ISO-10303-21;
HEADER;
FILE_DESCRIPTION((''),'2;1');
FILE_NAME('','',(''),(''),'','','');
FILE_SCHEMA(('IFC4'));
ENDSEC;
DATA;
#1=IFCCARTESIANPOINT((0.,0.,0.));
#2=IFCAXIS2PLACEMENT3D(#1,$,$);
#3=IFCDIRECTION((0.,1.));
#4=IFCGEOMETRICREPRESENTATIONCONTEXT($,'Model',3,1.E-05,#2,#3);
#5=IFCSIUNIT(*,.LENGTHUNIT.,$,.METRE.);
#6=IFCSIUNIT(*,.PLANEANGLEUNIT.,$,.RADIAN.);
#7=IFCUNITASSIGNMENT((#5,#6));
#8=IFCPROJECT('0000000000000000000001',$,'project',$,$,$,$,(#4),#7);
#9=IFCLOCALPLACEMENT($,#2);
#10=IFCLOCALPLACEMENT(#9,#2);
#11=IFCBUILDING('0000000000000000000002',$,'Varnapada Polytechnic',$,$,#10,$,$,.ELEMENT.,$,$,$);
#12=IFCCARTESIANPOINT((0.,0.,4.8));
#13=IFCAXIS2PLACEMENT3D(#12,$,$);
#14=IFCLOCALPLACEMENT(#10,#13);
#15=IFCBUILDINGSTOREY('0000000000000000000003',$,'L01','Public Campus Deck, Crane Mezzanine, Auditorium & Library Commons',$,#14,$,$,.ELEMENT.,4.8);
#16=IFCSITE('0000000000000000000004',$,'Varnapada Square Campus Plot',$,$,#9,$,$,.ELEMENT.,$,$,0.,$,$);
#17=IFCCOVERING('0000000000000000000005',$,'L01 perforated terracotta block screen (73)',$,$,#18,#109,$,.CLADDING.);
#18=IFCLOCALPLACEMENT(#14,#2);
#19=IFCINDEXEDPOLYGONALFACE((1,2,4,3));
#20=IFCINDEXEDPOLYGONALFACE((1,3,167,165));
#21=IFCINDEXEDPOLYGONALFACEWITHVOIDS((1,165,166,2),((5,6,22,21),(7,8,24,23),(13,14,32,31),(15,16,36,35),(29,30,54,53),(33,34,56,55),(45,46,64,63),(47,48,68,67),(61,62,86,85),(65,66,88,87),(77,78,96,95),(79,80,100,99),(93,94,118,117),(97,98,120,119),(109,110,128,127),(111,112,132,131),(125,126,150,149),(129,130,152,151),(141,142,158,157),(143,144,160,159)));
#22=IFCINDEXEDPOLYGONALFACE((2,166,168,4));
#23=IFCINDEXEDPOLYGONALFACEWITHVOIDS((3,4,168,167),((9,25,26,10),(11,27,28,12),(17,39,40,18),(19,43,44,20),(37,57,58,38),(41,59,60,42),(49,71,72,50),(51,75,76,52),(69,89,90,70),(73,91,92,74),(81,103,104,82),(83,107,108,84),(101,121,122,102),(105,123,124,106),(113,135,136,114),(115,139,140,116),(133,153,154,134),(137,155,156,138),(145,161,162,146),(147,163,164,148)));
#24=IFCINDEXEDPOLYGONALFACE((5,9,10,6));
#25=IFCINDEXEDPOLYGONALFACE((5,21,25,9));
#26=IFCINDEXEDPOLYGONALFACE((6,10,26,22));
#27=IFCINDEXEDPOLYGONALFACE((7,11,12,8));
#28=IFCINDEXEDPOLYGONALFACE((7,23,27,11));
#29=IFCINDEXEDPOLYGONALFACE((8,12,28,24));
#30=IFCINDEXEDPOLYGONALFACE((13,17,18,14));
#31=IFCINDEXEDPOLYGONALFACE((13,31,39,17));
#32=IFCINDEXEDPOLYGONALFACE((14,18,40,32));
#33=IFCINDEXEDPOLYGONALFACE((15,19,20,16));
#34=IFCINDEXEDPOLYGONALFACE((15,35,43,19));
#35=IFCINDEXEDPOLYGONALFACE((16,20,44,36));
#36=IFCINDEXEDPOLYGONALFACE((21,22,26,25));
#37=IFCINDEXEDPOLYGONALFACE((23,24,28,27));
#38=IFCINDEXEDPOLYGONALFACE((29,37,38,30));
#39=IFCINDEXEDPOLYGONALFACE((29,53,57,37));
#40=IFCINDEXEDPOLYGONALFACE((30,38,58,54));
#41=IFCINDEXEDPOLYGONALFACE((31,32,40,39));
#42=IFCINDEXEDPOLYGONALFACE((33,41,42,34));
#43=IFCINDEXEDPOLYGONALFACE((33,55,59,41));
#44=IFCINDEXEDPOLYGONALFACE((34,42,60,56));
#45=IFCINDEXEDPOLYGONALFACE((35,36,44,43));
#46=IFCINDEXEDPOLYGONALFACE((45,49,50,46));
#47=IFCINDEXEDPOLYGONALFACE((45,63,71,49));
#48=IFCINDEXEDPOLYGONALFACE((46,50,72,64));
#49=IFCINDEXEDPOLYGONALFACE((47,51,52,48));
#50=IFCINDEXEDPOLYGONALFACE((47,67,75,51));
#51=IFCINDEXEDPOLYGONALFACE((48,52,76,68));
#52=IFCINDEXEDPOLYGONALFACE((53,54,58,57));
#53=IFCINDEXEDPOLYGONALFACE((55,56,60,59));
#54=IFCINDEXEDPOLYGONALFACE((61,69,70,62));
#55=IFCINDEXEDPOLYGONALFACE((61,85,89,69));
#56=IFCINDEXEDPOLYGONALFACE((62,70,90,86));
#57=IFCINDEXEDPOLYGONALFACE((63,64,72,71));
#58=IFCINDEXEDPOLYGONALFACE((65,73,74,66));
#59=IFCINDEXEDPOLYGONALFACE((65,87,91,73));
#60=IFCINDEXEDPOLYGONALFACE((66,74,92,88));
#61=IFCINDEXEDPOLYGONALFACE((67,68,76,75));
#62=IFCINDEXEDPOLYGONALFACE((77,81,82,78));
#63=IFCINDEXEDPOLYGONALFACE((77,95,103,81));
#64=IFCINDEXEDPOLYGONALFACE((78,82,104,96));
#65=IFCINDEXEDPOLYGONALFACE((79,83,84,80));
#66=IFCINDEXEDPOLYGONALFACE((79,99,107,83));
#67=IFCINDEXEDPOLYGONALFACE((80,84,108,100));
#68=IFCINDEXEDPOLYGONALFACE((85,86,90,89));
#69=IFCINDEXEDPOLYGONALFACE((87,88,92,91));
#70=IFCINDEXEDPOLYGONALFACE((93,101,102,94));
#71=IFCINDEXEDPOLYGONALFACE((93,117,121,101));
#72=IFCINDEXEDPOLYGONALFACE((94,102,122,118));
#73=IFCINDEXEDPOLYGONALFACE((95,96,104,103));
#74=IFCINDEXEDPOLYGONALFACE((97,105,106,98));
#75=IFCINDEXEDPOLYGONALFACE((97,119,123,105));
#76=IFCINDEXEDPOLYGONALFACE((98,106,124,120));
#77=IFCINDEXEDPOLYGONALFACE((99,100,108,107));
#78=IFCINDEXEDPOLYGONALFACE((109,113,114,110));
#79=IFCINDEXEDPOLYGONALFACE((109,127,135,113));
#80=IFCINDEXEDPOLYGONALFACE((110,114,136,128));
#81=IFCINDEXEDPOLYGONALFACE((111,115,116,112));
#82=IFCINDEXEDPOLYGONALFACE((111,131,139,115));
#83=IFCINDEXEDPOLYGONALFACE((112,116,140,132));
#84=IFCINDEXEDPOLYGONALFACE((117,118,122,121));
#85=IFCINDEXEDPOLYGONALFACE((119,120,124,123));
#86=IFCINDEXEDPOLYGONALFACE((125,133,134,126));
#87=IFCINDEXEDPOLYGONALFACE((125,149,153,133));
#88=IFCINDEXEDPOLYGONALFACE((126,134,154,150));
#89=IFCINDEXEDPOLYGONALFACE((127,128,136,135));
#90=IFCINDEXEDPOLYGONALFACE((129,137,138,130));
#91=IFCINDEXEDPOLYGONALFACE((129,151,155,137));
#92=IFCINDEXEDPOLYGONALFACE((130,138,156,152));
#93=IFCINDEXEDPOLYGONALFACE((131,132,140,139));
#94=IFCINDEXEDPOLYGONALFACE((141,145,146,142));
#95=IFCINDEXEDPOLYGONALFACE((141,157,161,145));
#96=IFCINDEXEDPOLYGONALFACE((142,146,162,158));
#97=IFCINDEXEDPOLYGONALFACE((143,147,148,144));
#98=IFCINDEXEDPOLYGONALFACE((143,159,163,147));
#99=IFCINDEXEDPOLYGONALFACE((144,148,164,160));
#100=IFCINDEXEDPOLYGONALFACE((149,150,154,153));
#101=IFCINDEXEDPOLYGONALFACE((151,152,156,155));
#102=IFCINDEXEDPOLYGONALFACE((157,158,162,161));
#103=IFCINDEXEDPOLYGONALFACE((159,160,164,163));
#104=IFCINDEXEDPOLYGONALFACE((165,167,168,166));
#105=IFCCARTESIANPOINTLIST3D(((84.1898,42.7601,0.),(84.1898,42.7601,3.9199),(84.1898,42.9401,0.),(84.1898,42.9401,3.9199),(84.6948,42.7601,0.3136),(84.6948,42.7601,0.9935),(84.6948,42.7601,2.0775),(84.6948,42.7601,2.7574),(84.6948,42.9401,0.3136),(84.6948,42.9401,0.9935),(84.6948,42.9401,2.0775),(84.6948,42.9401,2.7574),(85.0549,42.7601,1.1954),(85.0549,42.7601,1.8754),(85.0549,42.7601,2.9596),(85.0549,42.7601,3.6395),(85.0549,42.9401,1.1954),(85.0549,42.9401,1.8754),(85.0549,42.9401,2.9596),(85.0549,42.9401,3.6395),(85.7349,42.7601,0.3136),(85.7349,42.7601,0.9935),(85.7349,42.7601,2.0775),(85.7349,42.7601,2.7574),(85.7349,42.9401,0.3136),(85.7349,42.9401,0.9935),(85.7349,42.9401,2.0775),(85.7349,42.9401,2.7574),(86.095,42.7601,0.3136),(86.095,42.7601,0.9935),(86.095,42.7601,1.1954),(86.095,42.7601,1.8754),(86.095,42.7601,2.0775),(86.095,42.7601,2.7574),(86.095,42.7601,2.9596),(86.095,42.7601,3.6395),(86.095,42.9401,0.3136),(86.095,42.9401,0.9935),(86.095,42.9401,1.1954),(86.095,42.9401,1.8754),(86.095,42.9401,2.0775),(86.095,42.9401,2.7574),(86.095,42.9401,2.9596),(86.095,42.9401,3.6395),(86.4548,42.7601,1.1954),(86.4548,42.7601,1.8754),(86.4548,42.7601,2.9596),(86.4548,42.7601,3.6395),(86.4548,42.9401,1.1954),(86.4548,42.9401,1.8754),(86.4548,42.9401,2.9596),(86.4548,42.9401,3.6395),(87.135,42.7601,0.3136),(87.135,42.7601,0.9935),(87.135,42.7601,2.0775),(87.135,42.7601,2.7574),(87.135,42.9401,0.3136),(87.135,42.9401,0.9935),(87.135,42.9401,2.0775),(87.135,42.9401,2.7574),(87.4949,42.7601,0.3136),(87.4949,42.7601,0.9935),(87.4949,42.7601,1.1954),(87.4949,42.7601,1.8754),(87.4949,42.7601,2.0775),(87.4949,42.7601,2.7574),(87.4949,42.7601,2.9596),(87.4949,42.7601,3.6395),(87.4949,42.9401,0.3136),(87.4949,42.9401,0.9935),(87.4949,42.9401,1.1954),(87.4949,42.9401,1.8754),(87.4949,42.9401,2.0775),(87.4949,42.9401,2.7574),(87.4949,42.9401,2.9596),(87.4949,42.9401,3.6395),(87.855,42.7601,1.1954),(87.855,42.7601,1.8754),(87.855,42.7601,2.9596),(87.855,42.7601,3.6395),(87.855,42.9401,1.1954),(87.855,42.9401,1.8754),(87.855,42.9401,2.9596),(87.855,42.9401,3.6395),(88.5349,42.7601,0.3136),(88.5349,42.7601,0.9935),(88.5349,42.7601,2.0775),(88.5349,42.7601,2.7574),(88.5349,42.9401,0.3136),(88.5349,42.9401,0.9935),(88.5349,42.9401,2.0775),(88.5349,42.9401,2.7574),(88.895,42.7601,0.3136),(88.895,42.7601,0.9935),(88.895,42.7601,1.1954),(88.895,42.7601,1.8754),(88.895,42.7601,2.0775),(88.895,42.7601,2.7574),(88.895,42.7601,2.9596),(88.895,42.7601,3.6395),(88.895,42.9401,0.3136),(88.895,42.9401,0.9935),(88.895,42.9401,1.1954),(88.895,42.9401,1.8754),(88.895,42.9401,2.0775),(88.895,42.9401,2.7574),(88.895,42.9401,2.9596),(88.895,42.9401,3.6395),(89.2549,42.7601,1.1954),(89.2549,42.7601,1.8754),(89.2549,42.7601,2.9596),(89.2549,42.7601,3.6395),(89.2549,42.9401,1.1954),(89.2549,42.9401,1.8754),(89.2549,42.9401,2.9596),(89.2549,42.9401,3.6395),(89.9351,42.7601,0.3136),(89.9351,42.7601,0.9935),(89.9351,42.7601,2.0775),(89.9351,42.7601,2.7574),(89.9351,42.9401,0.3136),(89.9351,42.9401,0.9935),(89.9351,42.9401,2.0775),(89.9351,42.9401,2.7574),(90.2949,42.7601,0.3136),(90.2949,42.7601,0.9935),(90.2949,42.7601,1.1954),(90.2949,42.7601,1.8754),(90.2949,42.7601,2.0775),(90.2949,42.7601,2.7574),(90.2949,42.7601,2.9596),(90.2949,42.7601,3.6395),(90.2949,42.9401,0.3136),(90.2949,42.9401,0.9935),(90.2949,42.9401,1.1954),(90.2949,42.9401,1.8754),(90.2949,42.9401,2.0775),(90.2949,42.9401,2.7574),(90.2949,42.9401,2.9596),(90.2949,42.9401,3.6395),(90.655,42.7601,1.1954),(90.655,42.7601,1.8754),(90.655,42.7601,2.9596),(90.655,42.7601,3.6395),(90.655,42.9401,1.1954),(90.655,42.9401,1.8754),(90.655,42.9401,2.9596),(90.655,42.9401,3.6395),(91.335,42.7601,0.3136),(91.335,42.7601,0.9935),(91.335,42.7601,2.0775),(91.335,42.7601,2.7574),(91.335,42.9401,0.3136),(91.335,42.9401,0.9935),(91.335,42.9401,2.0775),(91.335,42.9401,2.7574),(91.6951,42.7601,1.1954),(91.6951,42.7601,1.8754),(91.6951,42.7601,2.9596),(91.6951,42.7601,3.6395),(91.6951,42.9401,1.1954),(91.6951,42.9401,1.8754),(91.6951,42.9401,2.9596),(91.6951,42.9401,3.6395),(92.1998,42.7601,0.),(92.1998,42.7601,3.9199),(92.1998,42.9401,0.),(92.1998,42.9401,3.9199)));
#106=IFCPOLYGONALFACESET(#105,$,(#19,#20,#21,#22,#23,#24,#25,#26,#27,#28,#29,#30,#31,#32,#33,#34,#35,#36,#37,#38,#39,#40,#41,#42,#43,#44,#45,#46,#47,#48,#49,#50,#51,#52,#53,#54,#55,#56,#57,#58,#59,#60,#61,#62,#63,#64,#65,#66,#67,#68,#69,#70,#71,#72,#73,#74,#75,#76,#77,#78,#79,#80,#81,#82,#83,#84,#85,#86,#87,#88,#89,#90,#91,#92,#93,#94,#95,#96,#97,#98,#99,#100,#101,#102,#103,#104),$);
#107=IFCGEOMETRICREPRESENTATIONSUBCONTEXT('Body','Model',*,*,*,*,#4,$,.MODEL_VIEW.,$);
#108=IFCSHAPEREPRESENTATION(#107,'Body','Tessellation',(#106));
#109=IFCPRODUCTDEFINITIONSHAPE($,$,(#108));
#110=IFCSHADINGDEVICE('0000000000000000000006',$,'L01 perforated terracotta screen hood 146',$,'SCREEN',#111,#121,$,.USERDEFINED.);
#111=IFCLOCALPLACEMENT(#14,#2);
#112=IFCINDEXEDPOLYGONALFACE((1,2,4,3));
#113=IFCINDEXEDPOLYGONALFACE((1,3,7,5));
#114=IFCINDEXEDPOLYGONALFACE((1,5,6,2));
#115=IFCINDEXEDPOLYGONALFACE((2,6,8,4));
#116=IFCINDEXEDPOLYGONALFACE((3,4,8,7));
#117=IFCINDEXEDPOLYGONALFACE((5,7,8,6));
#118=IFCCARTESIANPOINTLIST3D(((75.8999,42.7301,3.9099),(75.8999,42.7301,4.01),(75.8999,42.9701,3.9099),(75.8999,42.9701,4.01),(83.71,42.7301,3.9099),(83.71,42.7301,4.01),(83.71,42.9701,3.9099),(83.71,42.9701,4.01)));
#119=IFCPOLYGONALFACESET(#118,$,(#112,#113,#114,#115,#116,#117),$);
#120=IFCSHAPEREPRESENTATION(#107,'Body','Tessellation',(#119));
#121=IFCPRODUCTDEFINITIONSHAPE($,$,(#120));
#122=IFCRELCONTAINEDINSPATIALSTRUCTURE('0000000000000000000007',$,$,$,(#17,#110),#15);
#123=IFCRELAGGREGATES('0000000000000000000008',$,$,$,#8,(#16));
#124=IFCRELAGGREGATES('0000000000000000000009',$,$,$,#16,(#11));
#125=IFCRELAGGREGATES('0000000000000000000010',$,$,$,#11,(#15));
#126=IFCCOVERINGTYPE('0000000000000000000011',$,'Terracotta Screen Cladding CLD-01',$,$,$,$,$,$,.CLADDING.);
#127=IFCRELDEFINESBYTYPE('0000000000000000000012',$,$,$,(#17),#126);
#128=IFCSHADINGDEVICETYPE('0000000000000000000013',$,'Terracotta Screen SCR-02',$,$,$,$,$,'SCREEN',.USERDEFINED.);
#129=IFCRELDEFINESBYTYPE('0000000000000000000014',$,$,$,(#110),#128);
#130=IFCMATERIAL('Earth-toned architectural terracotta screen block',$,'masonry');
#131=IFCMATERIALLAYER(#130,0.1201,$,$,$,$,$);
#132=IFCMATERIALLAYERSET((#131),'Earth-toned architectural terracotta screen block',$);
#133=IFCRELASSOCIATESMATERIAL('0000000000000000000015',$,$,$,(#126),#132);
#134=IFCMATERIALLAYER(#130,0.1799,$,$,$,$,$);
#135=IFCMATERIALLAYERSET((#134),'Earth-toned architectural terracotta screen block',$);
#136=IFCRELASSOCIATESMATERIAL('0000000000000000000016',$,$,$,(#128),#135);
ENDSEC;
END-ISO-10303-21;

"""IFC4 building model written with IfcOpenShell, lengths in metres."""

from ifc_helpers import new_model, si_unit, direction, frame, frame_2d, origin, origin_2d, place, context, subcontext, project, spatial, rectangle, extrude, material, layer, layer_set, type_object, element, save


model = new_model("IFC4")

# Units and contexts
model_context = context("Model", 3, precision=1e-05, world=origin(), true_north=direction((0.0, 1.0)))
body_context = subcontext(model_context, "Body", "Model", "MODEL_VIEW")
ifc_project = project(units=[si_unit("LENGTHUNIT", "METRE"), si_unit("PLANEANGLEUNIT", "RADIAN")], contexts=[model_context])

# Site, building, storey
site_placement = place(None, origin())
site = spatial("IfcSite", under=ifc_project, at=site_placement, Name="Varnapada Square Campus Plot", CompositionType="ELEMENT", RefElevation=0.0)
building_placement = place(site_placement, origin())
building = spatial("IfcBuilding", under=site, at=building_placement, Name="Varnapada Polytechnic", CompositionType="ELEMENT")
storey_placement = place(building_placement, frame((0.0, 0.0, 4.8)))
storey = spatial("IfcBuildingStorey", under=building, at=storey_placement, Name="L01", Description="Public Campus Deck, Crane Mezzanine, Auditorium & Library Commons", CompositionType="ELEMENT", Elevation=4.8)

# Covering, openings
ifc_material_1 = material(Name="Earth-toned architectural terracotta screen block", Category="masonry")
ifc_layer_1 = layer(ifc_material_1, 0.1201)
ifc_layer_set_1 = layer_set([ifc_layer_1], Name="Earth-toned architectural terracotta screen block")
covering_type = type_object("IfcCoveringType", Name="Terracotta Screen Cladding CLD-01", PredefinedType="CLADDING", material=ifc_layer_set_1)
covering_placement = place(storey_placement, frame((84.1899, 42.8501, 0.0), z_axis=(0.0, 0.0, 1.0), x_axis=(1.0, 0.0, 0.0)))
covering = element("IfcCovering", 1, at=covering_placement, inside=storey, type_object=covering_type, Name="L01 perforated terracotta block screen (73)", PredefinedType="CLADDING", context=body_context, shape_type="SweptSolid", body=[
    extrude(rectangle(XDim=8.01, YDim=0.1799, at=frame_2d((4.0049, 0.0))), origin(), (0.0, 0.0, 1.0), 3.9199),
])
opening_1_placement = place(covering_placement, frame((0.5049, 0.0, 0.3137)))
element("IfcOpeningElement", 2, at=opening_1_placement, cuts=covering, PredefinedType="OPENING", context=body_context, shape_type="SweptSolid", body=[
    extrude(rectangle(XDim=1.04, YDim=0.6799, at=frame_2d((0.52, 0.3398))), frame((0.0, 0.0999, 0.0), z_axis=(0.0, -1.0, 0.0), x_axis=(1.0, 0.0, 0.0)), (0.0, 0.0, 1.0), 0.2),
])
opening_2_placement = place(covering_placement, frame((1.905, 0.0, 0.3137)))
element("IfcOpeningElement", 3, at=opening_2_placement, cuts=covering, PredefinedType="OPENING", context=body_context, shape_type="SweptSolid", body=[
    extrude(rectangle(XDim=1.04, YDim=0.6799, at=frame_2d((0.52, 0.3398))), frame((0.0, 0.0999, 0.0), z_axis=(0.0, -1.0, 0.0), x_axis=(1.0, 0.0, 0.0)), (0.0, 0.0, 1.0), 0.2),
])
opening_3_placement = place(covering_placement, frame((3.3049, 0.0, 0.3137)))
element("IfcOpeningElement", 4, at=opening_3_placement, cuts=covering, PredefinedType="OPENING", context=body_context, shape_type="SweptSolid", body=[
    extrude(rectangle(XDim=1.04, YDim=0.6799, at=frame_2d((0.52, 0.3398))), frame((0.0, 0.0999, 0.0), z_axis=(0.0, -1.0, 0.0), x_axis=(1.0, 0.0, 0.0)), (0.0, 0.0, 1.0), 0.2),
])
opening_4_placement = place(covering_placement, frame((4.7051, 0.0, 0.3137)))
element("IfcOpeningElement", 5, at=opening_4_placement, cuts=covering, PredefinedType="OPENING", context=body_context, shape_type="SweptSolid", body=[
    extrude(rectangle(XDim=1.04, YDim=0.6799, at=frame_2d((0.52, 0.3398))), frame((0.0, 0.0999, 0.0), z_axis=(0.0, -1.0, 0.0), x_axis=(1.0, 0.0, 0.0)), (0.0, 0.0, 1.0), 0.2),
])
opening_5_placement = place(covering_placement, frame((6.105, 0.0, 0.3137)))
element("IfcOpeningElement", 6, at=opening_5_placement, cuts=covering, PredefinedType="OPENING", context=body_context, shape_type="SweptSolid", body=[
    extrude(rectangle(XDim=1.04, YDim=0.6799, at=frame_2d((0.52, 0.3398))), frame((0.0, 0.0999, 0.0), z_axis=(0.0, -1.0, 0.0), x_axis=(1.0, 0.0, 0.0)), (0.0, 0.0, 1.0), 0.2),
])
opening_6_placement = place(covering_placement, frame((0.865, 0.0, 1.1956)))
element("IfcOpeningElement", 7, at=opening_6_placement, cuts=covering, PredefinedType="OPENING", context=body_context, shape_type="SweptSolid", body=[
    extrude(rectangle(XDim=1.04, YDim=0.6799, at=frame_2d((0.52, 0.3398))), frame((0.0, 0.0999, 0.0), z_axis=(0.0, -1.0, 0.0), x_axis=(1.0, 0.0, 0.0)), (0.0, 0.0, 1.0), 0.2),
])
opening_7_placement = place(covering_placement, frame((2.2649, 0.0, 1.1956)))
element("IfcOpeningElement", 8, at=opening_7_placement, cuts=covering, PredefinedType="OPENING", context=body_context, shape_type="SweptSolid", body=[
    extrude(rectangle(XDim=1.04, YDim=0.6799, at=frame_2d((0.52, 0.3398))), frame((0.0, 0.0999, 0.0), z_axis=(0.0, -1.0, 0.0), x_axis=(1.0, 0.0, 0.0)), (0.0, 0.0, 1.0), 0.2),
])
opening_8_placement = place(covering_placement, frame((3.665, 0.0, 1.1956)))
element("IfcOpeningElement", 9, at=opening_8_placement, cuts=covering, PredefinedType="OPENING", context=body_context, shape_type="SweptSolid", body=[
    extrude(rectangle(XDim=1.04, YDim=0.6799, at=frame_2d((0.52, 0.3398))), frame((0.0, 0.0999, 0.0), z_axis=(0.0, -1.0, 0.0), x_axis=(1.0, 0.0, 0.0)), (0.0, 0.0, 1.0), 0.2),
])
opening_9_placement = place(covering_placement, frame((5.0649, 0.0, 1.1956)))
element("IfcOpeningElement", 10, at=opening_9_placement, cuts=covering, PredefinedType="OPENING", context=body_context, shape_type="SweptSolid", body=[
    extrude(rectangle(XDim=1.04, YDim=0.6799, at=frame_2d((0.52, 0.3398))), frame((0.0, 0.0999, 0.0), z_axis=(0.0, -1.0, 0.0), x_axis=(1.0, 0.0, 0.0)), (0.0, 0.0, 1.0), 0.2),
])
opening_10_placement = place(covering_placement, frame((6.4651, 0.0, 1.1956)))
element("IfcOpeningElement", 11, at=opening_10_placement, cuts=covering, PredefinedType="OPENING", context=body_context, shape_type="SweptSolid", body=[
    extrude(rectangle(XDim=1.04, YDim=0.6799, at=frame_2d((0.52, 0.3398))), frame((0.0, 0.0999, 0.0), z_axis=(0.0, -1.0, 0.0), x_axis=(1.0, 0.0, 0.0)), (0.0, 0.0, 1.0), 0.2),
])
opening_11_placement = place(covering_placement, frame((0.5049, 0.0, 2.0776)))
element("IfcOpeningElement", 12, at=opening_11_placement, cuts=covering, PredefinedType="OPENING", context=body_context, shape_type="SweptSolid", body=[
    extrude(rectangle(XDim=1.04, YDim=0.6799, at=frame_2d((0.52, 0.3398))), frame((0.0, 0.0999, 0.0), z_axis=(0.0, -1.0, 0.0), x_axis=(1.0, 0.0, 0.0)), (0.0, 0.0, 1.0), 0.2),
])
opening_12_placement = place(covering_placement, frame((1.905, 0.0, 2.0776)))
element("IfcOpeningElement", 13, at=opening_12_placement, cuts=covering, PredefinedType="OPENING", context=body_context, shape_type="SweptSolid", body=[
    extrude(rectangle(XDim=1.04, YDim=0.6799, at=frame_2d((0.52, 0.3398))), frame((0.0, 0.0999, 0.0), z_axis=(0.0, -1.0, 0.0), x_axis=(1.0, 0.0, 0.0)), (0.0, 0.0, 1.0), 0.2),
])
opening_13_placement = place(covering_placement, frame((3.3049, 0.0, 2.0776)))
element("IfcOpeningElement", 14, at=opening_13_placement, cuts=covering, PredefinedType="OPENING", context=body_context, shape_type="SweptSolid", body=[
    extrude(rectangle(XDim=1.04, YDim=0.6799, at=frame_2d((0.52, 0.3398))), frame((0.0, 0.0999, 0.0), z_axis=(0.0, -1.0, 0.0), x_axis=(1.0, 0.0, 0.0)), (0.0, 0.0, 1.0), 0.2),
])
opening_14_placement = place(covering_placement, frame((4.7051, 0.0, 2.0776)))
element("IfcOpeningElement", 15, at=opening_14_placement, cuts=covering, PredefinedType="OPENING", context=body_context, shape_type="SweptSolid", body=[
    extrude(rectangle(XDim=1.04, YDim=0.6799, at=frame_2d((0.52, 0.3398))), frame((0.0, 0.0999, 0.0), z_axis=(0.0, -1.0, 0.0), x_axis=(1.0, 0.0, 0.0)), (0.0, 0.0, 1.0), 0.2),
])
opening_15_placement = place(covering_placement, frame((6.105, 0.0, 2.0776)))
element("IfcOpeningElement", 16, at=opening_15_placement, cuts=covering, PredefinedType="OPENING", context=body_context, shape_type="SweptSolid", body=[
    extrude(rectangle(XDim=1.04, YDim=0.6799, at=frame_2d((0.52, 0.3398))), frame((0.0, 0.0999, 0.0), z_axis=(0.0, -1.0, 0.0), x_axis=(1.0, 0.0, 0.0)), (0.0, 0.0, 1.0), 0.2),
])
opening_16_placement = place(covering_placement, frame((0.865, 0.0, 2.9597)))
element("IfcOpeningElement", 17, at=opening_16_placement, cuts=covering, PredefinedType="OPENING", context=body_context, shape_type="SweptSolid", body=[
    extrude(rectangle(XDim=1.04, YDim=0.6799, at=frame_2d((0.52, 0.3398))), frame((0.0, 0.0999, 0.0), z_axis=(0.0, -1.0, 0.0), x_axis=(1.0, 0.0, 0.0)), (0.0, 0.0, 1.0), 0.2),
])
opening_17_placement = place(covering_placement, frame((2.2649, 0.0, 2.9597)))
element("IfcOpeningElement", 18, at=opening_17_placement, cuts=covering, PredefinedType="OPENING", context=body_context, shape_type="SweptSolid", body=[
    extrude(rectangle(XDim=1.04, YDim=0.6799, at=frame_2d((0.52, 0.3398))), frame((0.0, 0.0999, 0.0), z_axis=(0.0, -1.0, 0.0), x_axis=(1.0, 0.0, 0.0)), (0.0, 0.0, 1.0), 0.2),
])
opening_18_placement = place(covering_placement, frame((3.665, 0.0, 2.9597)))
element("IfcOpeningElement", 19, at=opening_18_placement, cuts=covering, PredefinedType="OPENING", context=body_context, shape_type="SweptSolid", body=[
    extrude(rectangle(XDim=1.04, YDim=0.6799, at=frame_2d((0.52, 0.3398))), frame((0.0, 0.0999, 0.0), z_axis=(0.0, -1.0, 0.0), x_axis=(1.0, 0.0, 0.0)), (0.0, 0.0, 1.0), 0.2),
])
opening_19_placement = place(covering_placement, frame((5.0649, 0.0, 2.9597)))
element("IfcOpeningElement", 20, at=opening_19_placement, cuts=covering, PredefinedType="OPENING", context=body_context, shape_type="SweptSolid", body=[
    extrude(rectangle(XDim=1.04, YDim=0.6799, at=frame_2d((0.52, 0.3398))), frame((0.0, 0.0999, 0.0), z_axis=(0.0, -1.0, 0.0), x_axis=(1.0, 0.0, 0.0)), (0.0, 0.0, 1.0), 0.2),
])
opening_20_placement = place(covering_placement, frame((6.4651, 0.0, 2.9597)))
element("IfcOpeningElement", 21, at=opening_20_placement, cuts=covering, PredefinedType="OPENING", context=body_context, shape_type="SweptSolid", body=[
    extrude(rectangle(XDim=1.04, YDim=0.6799, at=frame_2d((0.52, 0.3398))), frame((0.0, 0.0999, 0.0), z_axis=(0.0, -1.0, 0.0), x_axis=(1.0, 0.0, 0.0)), (0.0, 0.0, 1.0), 0.2),
])

# Shading device
ifc_layer_2 = layer(ifc_material_1, 0.1799)
ifc_layer_set_2 = layer_set([ifc_layer_2], Name="Earth-toned architectural terracotta screen block")
shading_device_type = type_object("IfcShadingDeviceType", Name="Terracotta Screen SCR-02", ElementType="SCREEN", PredefinedType="USERDEFINED", material=ifc_layer_set_2)
shading_device_placement = place(storey_placement, frame((79.8049, 42.8501, 3.9099), z_axis=(0.0, 0.0, 1.0), x_axis=(1.0, 0.0, 0.0)))
element("IfcShadingDevice", 22, at=shading_device_placement, inside=storey, type_object=shading_device_type, Name="L01 perforated terracotta screen hood 146", ObjectType="SCREEN", PredefinedType="USERDEFINED", context=body_context, shape_type="SweptSolid", body=[
    extrude(rectangle(XDim=7.8101, YDim=0.24, at=origin_2d()), origin(), (0.0, 0.0, 1.0), 0.1001),
])

save(model, "model.ifc")
